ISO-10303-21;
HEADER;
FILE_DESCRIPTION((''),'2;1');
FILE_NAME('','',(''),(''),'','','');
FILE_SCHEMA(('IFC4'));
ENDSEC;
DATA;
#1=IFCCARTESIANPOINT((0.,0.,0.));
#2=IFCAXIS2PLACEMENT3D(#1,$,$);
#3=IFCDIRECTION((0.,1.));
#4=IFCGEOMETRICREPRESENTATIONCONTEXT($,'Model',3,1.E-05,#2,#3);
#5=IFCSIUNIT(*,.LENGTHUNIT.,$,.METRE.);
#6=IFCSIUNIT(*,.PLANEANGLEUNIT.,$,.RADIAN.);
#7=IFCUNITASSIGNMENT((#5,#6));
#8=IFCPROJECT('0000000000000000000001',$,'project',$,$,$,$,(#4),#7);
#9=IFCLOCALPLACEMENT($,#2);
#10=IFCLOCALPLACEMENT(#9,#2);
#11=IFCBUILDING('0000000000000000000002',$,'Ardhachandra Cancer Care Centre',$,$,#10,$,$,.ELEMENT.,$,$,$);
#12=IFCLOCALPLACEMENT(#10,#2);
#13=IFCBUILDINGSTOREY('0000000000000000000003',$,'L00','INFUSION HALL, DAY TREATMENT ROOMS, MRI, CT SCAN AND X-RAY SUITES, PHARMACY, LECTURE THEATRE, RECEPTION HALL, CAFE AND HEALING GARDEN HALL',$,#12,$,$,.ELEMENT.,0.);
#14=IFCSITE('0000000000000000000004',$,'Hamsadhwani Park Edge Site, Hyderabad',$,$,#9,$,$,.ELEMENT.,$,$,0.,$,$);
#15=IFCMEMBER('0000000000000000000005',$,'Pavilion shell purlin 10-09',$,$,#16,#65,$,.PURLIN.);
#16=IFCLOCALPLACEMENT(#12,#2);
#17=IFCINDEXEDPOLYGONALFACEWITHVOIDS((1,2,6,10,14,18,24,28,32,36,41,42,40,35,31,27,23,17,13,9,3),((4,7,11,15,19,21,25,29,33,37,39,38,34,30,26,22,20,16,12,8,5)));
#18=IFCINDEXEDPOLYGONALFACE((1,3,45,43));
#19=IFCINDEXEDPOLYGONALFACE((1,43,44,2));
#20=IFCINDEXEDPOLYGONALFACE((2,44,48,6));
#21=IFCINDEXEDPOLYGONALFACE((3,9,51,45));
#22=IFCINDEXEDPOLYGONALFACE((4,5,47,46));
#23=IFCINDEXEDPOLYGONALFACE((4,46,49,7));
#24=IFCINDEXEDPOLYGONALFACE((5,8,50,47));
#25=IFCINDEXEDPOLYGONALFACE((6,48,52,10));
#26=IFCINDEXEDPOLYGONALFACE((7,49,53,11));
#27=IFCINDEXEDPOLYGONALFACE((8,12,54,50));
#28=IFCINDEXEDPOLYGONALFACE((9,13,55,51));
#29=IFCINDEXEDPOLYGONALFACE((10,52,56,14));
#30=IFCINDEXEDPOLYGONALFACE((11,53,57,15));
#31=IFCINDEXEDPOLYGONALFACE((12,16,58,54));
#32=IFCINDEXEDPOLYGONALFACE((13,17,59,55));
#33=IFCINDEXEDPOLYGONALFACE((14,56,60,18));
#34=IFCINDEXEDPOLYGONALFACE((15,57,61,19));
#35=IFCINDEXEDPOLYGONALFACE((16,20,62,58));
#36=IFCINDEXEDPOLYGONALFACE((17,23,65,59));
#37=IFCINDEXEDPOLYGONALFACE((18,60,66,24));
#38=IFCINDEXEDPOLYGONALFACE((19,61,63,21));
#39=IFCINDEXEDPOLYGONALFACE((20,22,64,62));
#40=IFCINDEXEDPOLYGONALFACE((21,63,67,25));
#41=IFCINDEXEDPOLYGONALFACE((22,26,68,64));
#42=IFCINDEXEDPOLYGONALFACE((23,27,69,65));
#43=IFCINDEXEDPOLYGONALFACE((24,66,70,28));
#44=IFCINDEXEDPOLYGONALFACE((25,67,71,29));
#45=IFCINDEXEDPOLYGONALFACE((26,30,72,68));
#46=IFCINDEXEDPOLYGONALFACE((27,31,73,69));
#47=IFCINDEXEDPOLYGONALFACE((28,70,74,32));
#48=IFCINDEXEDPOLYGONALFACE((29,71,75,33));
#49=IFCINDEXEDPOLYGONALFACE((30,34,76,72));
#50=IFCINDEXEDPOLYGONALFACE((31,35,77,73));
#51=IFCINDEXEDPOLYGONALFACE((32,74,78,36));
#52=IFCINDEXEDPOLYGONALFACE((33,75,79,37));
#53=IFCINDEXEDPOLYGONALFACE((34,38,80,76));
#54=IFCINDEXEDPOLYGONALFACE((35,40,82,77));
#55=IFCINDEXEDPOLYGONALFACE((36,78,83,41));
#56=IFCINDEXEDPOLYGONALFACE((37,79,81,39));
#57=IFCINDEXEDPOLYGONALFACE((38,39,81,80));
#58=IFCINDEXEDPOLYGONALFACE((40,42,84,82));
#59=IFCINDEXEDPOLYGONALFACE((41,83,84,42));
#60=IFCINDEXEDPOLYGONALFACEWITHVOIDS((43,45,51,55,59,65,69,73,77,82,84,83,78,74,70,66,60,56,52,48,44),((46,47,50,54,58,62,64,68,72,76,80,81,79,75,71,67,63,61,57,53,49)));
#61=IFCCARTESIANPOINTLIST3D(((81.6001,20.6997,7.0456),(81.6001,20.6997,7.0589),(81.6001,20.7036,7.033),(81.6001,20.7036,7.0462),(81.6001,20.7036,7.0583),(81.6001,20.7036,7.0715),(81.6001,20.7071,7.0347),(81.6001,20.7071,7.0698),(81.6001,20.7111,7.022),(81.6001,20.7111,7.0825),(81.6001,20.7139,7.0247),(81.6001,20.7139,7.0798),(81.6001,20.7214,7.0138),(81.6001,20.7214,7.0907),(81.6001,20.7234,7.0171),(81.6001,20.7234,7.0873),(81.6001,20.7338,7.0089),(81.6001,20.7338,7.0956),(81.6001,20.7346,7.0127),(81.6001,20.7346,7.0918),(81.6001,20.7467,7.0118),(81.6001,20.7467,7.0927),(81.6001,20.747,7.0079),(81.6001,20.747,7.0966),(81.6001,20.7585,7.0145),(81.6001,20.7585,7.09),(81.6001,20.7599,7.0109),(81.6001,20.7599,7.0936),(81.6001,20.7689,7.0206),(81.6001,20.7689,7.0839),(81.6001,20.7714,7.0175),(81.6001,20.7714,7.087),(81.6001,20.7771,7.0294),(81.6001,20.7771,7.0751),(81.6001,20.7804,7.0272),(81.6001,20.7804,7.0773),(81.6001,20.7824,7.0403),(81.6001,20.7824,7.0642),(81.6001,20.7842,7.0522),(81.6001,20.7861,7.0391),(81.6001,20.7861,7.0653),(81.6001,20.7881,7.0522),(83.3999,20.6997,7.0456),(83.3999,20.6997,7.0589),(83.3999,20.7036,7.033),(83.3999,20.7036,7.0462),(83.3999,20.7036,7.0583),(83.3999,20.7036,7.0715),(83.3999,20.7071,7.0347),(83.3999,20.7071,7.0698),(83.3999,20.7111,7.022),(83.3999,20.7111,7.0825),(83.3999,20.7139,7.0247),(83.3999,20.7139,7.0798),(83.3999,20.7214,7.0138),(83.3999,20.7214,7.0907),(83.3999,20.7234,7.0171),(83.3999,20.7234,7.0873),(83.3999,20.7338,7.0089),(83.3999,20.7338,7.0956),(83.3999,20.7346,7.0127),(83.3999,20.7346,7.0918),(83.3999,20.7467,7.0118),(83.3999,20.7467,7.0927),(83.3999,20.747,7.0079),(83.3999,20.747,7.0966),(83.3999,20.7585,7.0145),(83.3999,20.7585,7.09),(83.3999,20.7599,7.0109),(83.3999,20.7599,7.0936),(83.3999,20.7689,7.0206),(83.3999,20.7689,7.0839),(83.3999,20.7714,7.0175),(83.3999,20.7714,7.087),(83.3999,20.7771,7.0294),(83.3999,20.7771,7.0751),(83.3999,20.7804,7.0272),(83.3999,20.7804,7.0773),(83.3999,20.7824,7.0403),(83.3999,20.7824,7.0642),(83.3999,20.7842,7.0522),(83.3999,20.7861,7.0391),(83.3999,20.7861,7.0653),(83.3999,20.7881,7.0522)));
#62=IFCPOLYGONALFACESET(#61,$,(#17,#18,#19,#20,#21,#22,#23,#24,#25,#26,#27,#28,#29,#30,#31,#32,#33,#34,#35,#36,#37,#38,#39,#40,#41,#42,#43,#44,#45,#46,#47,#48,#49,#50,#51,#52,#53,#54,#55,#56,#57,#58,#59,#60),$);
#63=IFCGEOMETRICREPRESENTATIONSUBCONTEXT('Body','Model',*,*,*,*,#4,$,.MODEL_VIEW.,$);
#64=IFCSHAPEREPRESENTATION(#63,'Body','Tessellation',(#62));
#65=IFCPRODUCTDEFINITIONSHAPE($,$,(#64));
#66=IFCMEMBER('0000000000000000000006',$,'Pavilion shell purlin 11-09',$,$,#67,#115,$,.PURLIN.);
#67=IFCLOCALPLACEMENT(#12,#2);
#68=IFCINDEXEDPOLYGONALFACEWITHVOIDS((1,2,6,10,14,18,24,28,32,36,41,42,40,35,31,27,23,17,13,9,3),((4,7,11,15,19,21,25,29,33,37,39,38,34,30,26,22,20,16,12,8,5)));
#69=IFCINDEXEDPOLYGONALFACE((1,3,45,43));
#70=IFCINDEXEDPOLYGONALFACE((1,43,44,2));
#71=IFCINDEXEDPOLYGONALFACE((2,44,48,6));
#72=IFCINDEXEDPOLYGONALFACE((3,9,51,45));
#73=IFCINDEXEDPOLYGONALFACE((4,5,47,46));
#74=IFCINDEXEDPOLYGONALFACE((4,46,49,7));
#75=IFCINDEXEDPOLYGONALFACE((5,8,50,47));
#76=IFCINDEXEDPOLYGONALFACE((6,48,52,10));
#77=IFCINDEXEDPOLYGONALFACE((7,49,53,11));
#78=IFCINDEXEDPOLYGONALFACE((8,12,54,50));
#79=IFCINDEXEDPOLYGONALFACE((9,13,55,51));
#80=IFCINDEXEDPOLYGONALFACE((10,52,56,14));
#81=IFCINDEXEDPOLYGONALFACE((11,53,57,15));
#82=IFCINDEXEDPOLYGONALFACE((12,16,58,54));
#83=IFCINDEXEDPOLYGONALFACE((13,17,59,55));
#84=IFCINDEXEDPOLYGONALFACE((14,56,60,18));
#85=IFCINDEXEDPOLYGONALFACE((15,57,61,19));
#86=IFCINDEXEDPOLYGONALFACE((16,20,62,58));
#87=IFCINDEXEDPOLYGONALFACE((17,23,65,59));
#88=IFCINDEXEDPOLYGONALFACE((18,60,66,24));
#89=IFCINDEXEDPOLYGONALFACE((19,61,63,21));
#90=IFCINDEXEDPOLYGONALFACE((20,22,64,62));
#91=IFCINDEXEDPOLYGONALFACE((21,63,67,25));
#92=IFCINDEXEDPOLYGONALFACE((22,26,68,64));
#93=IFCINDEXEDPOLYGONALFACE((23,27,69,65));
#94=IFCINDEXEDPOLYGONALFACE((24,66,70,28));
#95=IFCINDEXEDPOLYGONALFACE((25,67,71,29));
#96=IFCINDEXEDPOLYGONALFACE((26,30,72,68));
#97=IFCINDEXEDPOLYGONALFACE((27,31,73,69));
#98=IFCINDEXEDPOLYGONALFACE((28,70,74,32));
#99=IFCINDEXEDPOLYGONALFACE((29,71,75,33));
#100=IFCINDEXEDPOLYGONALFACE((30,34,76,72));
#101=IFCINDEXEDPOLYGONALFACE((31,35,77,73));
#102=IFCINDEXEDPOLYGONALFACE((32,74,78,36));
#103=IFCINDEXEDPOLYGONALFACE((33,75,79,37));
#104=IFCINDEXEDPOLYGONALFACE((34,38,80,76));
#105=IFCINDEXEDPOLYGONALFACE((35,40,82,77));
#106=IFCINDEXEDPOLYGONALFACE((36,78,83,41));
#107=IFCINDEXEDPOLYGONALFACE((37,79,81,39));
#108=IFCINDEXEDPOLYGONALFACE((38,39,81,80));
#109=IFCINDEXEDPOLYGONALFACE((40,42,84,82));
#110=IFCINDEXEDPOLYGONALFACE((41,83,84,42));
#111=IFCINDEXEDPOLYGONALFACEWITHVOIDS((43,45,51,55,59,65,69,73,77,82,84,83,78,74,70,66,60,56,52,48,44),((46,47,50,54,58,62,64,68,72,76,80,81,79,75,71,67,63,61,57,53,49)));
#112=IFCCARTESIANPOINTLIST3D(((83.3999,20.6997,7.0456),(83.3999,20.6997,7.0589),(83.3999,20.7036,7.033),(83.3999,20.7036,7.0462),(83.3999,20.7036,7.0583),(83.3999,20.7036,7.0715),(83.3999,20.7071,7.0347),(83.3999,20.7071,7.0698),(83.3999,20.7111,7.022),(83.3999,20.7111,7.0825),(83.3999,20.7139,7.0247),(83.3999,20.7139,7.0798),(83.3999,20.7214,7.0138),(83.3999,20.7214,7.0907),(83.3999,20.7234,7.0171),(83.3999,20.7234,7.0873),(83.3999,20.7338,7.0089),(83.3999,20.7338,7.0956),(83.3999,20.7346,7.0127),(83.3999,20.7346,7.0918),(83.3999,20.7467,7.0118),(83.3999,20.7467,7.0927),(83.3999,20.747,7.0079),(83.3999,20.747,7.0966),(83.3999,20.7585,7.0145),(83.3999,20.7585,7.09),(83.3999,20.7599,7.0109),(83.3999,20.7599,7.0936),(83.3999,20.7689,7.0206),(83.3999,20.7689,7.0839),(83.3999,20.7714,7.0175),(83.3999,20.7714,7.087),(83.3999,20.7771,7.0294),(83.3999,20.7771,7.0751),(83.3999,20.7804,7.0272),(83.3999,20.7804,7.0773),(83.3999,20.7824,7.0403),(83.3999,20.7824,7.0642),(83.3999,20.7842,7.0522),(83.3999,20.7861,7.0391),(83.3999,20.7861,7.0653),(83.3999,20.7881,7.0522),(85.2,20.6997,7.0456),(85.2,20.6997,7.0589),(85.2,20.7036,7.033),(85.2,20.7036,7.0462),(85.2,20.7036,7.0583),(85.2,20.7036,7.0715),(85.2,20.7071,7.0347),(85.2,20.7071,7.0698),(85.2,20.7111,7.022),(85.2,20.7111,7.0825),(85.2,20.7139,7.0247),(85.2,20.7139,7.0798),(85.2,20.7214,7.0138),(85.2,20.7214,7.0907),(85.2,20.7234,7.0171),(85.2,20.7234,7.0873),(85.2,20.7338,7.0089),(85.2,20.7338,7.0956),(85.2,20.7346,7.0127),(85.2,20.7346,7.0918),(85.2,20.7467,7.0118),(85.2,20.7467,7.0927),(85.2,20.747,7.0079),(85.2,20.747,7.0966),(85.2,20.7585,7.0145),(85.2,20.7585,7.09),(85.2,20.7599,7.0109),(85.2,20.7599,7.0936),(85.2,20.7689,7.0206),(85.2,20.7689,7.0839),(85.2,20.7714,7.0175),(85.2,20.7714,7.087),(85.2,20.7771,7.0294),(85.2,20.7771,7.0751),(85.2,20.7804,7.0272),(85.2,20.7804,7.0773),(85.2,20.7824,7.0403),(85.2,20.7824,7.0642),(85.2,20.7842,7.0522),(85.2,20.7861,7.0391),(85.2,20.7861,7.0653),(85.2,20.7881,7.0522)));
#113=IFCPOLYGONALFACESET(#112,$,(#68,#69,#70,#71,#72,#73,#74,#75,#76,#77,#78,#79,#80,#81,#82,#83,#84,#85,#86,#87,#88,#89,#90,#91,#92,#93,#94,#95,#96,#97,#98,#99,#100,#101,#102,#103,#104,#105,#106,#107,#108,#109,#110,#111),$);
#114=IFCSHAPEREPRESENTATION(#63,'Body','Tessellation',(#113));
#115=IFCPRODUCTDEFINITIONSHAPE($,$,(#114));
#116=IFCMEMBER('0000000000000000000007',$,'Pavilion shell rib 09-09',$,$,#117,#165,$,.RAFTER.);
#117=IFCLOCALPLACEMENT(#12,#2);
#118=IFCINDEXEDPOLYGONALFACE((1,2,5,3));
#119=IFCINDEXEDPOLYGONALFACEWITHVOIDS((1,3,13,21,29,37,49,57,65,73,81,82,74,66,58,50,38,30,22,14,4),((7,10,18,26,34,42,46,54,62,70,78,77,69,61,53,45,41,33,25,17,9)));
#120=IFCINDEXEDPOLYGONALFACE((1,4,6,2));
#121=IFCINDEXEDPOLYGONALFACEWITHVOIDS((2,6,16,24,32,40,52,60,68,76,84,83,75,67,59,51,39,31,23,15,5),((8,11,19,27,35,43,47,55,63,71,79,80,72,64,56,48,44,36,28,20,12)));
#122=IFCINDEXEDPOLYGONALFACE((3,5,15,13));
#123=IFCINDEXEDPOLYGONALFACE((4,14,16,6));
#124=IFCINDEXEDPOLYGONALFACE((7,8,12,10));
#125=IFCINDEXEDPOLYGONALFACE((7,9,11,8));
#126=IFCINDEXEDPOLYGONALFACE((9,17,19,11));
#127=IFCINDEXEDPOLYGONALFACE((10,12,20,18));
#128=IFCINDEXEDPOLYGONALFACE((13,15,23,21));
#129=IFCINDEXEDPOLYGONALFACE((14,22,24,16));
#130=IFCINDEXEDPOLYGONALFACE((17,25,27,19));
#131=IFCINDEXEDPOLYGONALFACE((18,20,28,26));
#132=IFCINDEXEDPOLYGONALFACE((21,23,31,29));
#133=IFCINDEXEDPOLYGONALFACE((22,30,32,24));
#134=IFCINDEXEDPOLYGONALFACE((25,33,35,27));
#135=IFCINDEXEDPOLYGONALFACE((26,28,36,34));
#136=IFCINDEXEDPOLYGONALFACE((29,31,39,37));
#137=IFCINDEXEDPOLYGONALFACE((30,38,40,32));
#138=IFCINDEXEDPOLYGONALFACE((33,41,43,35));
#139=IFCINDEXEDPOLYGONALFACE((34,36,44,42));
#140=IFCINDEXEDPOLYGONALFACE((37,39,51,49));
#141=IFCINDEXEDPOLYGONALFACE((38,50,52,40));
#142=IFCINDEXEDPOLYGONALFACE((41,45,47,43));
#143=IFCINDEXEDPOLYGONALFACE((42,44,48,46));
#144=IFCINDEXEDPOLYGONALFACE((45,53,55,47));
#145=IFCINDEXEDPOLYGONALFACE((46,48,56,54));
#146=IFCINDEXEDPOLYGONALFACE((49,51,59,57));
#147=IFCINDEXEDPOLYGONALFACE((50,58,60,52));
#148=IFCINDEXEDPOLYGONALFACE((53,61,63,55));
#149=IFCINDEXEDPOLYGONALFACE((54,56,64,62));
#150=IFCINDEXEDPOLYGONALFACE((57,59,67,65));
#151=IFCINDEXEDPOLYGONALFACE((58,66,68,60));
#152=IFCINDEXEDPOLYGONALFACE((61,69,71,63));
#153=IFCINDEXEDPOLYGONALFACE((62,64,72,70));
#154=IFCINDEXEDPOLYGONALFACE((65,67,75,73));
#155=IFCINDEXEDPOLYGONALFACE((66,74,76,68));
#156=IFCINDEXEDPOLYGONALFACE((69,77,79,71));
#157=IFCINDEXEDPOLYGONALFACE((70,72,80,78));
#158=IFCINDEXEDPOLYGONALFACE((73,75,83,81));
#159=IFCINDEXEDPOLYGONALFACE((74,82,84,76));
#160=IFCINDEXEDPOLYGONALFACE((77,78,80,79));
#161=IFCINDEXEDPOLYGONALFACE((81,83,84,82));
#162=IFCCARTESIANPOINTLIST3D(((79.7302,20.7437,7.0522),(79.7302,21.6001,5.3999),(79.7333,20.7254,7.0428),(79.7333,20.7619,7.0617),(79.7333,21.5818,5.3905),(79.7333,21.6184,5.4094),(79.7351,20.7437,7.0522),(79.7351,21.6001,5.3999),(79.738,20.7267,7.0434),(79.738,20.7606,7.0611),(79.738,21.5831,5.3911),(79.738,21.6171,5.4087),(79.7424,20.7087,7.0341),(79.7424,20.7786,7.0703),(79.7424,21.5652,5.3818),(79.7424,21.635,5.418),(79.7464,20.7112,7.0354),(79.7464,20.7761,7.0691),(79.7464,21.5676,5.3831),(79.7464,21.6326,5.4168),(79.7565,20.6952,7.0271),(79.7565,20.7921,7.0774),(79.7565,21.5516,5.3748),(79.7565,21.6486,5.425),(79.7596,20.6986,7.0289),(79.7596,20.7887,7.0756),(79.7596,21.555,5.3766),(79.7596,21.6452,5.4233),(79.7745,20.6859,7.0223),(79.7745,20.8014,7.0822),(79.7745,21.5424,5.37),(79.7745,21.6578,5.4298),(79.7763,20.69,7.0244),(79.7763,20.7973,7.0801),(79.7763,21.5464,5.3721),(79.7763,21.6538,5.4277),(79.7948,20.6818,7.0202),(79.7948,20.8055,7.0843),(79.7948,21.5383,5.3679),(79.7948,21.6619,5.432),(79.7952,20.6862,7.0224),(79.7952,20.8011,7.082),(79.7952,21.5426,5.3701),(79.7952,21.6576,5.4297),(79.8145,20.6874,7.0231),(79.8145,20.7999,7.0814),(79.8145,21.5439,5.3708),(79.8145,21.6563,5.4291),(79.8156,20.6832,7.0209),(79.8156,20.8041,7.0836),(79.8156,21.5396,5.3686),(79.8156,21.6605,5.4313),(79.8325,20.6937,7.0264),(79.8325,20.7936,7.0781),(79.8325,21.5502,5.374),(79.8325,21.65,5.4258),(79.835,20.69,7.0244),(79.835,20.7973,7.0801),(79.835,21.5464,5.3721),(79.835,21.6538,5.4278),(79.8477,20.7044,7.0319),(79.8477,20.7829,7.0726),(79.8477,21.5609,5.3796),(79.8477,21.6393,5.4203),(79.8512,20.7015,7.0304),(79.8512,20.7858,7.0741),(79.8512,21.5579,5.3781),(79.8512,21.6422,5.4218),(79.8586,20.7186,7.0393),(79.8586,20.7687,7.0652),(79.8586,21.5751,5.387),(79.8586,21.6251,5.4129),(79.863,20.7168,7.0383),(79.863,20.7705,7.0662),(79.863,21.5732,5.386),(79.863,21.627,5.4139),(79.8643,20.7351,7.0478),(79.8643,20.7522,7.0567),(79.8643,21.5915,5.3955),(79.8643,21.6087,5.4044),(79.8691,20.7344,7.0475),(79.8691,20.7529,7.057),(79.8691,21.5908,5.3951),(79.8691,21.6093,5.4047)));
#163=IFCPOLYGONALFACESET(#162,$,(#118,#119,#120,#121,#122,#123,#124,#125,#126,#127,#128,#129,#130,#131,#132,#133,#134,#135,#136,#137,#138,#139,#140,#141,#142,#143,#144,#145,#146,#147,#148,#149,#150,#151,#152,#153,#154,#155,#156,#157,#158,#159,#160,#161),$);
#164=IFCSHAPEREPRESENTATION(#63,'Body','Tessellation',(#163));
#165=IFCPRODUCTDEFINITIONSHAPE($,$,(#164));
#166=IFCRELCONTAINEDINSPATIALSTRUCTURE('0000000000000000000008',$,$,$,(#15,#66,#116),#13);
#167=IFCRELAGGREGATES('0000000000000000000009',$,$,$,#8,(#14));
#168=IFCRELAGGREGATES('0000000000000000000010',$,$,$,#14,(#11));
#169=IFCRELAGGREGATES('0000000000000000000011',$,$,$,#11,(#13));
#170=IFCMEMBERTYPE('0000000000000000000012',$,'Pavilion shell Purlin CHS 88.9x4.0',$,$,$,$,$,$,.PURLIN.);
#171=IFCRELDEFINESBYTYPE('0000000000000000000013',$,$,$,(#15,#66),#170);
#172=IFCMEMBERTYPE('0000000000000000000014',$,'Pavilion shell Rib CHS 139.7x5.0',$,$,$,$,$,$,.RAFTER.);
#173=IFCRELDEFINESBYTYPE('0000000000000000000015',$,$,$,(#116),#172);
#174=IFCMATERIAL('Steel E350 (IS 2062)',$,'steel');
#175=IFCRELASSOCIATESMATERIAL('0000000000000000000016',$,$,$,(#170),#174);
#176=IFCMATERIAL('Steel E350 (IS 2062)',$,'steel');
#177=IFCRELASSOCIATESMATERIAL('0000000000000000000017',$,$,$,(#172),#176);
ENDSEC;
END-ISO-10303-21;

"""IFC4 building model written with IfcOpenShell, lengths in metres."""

from ifc_helpers import new_model, si_unit, direction, frame, origin, origin_2d, place, context, subcontext, project, spatial, hollow_circle, extrude, material, material_profile, profile_set, type_object, element, save


model = new_model("IFC4")

# Units and contexts
model_context = context("Model", 3, precision=1e-05, world=origin(), true_north=direction((0.0, 1.0)))
body_context = subcontext(model_context, "Body", "Model", "MODEL_VIEW")
ifc_project = project(units=[si_unit("LENGTHUNIT", "METRE"), si_unit("PLANEANGLEUNIT", "RADIAN")], contexts=[model_context])

# Site, building, storey
site_placement = place(None, origin())
site = spatial("IfcSite", under=ifc_project, at=site_placement, Name="Hamsadhwani Park Edge Site, Hyderabad", CompositionType="ELEMENT", RefElevation=0.0)
building_placement = place(site_placement, origin())
building = spatial("IfcBuilding", under=site, at=building_placement, Name="Ardhachandra Cancer Care Centre", CompositionType="ELEMENT")
storey_placement = place(building_placement, origin())
storey = spatial("IfcBuildingStorey", under=building, at=storey_placement, Name="L00", Description="INFUSION HALL, DAY TREATMENT ROOMS, MRI, CT SCAN AND X-RAY SUITES, PHARMACY, LECTURE THEATRE, RECEPTION HALL, CAFE AND HEALING GARDEN HALL", CompositionType="ELEMENT", Elevation=0.0)

# Members
ifc_material_1 = material(Name="Steel E350 (IS 2062)", Category="steel")
ifc_material_profile_1 = material_profile(ifc_material_1, hollow_circle(Radius=0.0444, WallThickness=0.0039, at=origin_2d()), Name="CHS 88.9x4.0")
ifc_profile_set_1 = profile_set([ifc_material_profile_1], Name="Steel E350 (IS 2062)")
member_type_1 = type_object("IfcMemberType", Name="Pavilion shell Purlin CHS 88.9x4.0", PredefinedType="PURLIN", material=ifc_profile_set_1)
member_1_placement = place(storey_placement, frame((81.6001, 20.7437, 7.0522), z_axis=(1.0, 0.0, 0.0), x_axis=(0.0, 1.0, 0.0)))
element("IfcMember", 1, at=member_1_placement, inside=storey, type_object=member_type_1, Name="Pavilion shell purlin 10-09", PredefinedType="PURLIN", context=body_context, shape_type="SweptSolid", body=[
    extrude(hollow_circle(Radius=0.0444, WallThickness=0.0039, at=origin_2d()), origin(), (0.0, 0.0, 1.0), 1.7998),
])
member_2_placement = place(storey_placement, frame((83.3999, 20.7437, 7.0522), z_axis=(1.0, 0.0, 0.0), x_axis=(0.0, 1.0, 0.0)))
element("IfcMember", 2, at=member_2_placement, inside=storey, type_object=member_type_1, Name="Pavilion shell purlin 11-09", PredefinedType="PURLIN", context=body_context, shape_type="SweptSolid", body=[
    extrude(hollow_circle(Radius=0.0444, WallThickness=0.0039, at=origin_2d()), origin(), (0.0, 0.0, 1.0), 1.8),
])
ifc_material_2 = material(Name="Steel E350 (IS 2062)", Category="steel")
ifc_material_profile_2 = material_profile(ifc_material_2, hollow_circle(Radius=0.0698, WallThickness=0.0049, at=origin_2d()), Name="CHS 139.7x5.0")
ifc_profile_set_2 = profile_set([ifc_material_profile_2], Name="Steel E350 (IS 2062)")
member_type_2 = type_object("IfcMemberType", Name="Pavilion shell Rib CHS 139.7x5.0", PredefinedType="RAFTER", material=ifc_profile_set_2)
for number, where, z_axis, x_axis, name in (
    (3, (79.8, 20.7437, 7.0522), (0.0, 0.460179, -0.887826), (-1.0, 0.0, 0.0), "Pavilion shell rib 09-09"),
):
    element("IfcMember", number, at=place(storey_placement, frame(where, z_axis=z_axis, x_axis=x_axis)), inside=storey, type_object=member_type_2, Name=name, PredefinedType="RAFTER", context=body_context, shape_type="SweptSolid", body=[
        extrude(hollow_circle(Radius=0.0698, WallThickness=0.0049, at=origin_2d()), origin(), (0.0, 0.0, 1.0), 1.8611),
    ])

save(model, "model.ifc")
